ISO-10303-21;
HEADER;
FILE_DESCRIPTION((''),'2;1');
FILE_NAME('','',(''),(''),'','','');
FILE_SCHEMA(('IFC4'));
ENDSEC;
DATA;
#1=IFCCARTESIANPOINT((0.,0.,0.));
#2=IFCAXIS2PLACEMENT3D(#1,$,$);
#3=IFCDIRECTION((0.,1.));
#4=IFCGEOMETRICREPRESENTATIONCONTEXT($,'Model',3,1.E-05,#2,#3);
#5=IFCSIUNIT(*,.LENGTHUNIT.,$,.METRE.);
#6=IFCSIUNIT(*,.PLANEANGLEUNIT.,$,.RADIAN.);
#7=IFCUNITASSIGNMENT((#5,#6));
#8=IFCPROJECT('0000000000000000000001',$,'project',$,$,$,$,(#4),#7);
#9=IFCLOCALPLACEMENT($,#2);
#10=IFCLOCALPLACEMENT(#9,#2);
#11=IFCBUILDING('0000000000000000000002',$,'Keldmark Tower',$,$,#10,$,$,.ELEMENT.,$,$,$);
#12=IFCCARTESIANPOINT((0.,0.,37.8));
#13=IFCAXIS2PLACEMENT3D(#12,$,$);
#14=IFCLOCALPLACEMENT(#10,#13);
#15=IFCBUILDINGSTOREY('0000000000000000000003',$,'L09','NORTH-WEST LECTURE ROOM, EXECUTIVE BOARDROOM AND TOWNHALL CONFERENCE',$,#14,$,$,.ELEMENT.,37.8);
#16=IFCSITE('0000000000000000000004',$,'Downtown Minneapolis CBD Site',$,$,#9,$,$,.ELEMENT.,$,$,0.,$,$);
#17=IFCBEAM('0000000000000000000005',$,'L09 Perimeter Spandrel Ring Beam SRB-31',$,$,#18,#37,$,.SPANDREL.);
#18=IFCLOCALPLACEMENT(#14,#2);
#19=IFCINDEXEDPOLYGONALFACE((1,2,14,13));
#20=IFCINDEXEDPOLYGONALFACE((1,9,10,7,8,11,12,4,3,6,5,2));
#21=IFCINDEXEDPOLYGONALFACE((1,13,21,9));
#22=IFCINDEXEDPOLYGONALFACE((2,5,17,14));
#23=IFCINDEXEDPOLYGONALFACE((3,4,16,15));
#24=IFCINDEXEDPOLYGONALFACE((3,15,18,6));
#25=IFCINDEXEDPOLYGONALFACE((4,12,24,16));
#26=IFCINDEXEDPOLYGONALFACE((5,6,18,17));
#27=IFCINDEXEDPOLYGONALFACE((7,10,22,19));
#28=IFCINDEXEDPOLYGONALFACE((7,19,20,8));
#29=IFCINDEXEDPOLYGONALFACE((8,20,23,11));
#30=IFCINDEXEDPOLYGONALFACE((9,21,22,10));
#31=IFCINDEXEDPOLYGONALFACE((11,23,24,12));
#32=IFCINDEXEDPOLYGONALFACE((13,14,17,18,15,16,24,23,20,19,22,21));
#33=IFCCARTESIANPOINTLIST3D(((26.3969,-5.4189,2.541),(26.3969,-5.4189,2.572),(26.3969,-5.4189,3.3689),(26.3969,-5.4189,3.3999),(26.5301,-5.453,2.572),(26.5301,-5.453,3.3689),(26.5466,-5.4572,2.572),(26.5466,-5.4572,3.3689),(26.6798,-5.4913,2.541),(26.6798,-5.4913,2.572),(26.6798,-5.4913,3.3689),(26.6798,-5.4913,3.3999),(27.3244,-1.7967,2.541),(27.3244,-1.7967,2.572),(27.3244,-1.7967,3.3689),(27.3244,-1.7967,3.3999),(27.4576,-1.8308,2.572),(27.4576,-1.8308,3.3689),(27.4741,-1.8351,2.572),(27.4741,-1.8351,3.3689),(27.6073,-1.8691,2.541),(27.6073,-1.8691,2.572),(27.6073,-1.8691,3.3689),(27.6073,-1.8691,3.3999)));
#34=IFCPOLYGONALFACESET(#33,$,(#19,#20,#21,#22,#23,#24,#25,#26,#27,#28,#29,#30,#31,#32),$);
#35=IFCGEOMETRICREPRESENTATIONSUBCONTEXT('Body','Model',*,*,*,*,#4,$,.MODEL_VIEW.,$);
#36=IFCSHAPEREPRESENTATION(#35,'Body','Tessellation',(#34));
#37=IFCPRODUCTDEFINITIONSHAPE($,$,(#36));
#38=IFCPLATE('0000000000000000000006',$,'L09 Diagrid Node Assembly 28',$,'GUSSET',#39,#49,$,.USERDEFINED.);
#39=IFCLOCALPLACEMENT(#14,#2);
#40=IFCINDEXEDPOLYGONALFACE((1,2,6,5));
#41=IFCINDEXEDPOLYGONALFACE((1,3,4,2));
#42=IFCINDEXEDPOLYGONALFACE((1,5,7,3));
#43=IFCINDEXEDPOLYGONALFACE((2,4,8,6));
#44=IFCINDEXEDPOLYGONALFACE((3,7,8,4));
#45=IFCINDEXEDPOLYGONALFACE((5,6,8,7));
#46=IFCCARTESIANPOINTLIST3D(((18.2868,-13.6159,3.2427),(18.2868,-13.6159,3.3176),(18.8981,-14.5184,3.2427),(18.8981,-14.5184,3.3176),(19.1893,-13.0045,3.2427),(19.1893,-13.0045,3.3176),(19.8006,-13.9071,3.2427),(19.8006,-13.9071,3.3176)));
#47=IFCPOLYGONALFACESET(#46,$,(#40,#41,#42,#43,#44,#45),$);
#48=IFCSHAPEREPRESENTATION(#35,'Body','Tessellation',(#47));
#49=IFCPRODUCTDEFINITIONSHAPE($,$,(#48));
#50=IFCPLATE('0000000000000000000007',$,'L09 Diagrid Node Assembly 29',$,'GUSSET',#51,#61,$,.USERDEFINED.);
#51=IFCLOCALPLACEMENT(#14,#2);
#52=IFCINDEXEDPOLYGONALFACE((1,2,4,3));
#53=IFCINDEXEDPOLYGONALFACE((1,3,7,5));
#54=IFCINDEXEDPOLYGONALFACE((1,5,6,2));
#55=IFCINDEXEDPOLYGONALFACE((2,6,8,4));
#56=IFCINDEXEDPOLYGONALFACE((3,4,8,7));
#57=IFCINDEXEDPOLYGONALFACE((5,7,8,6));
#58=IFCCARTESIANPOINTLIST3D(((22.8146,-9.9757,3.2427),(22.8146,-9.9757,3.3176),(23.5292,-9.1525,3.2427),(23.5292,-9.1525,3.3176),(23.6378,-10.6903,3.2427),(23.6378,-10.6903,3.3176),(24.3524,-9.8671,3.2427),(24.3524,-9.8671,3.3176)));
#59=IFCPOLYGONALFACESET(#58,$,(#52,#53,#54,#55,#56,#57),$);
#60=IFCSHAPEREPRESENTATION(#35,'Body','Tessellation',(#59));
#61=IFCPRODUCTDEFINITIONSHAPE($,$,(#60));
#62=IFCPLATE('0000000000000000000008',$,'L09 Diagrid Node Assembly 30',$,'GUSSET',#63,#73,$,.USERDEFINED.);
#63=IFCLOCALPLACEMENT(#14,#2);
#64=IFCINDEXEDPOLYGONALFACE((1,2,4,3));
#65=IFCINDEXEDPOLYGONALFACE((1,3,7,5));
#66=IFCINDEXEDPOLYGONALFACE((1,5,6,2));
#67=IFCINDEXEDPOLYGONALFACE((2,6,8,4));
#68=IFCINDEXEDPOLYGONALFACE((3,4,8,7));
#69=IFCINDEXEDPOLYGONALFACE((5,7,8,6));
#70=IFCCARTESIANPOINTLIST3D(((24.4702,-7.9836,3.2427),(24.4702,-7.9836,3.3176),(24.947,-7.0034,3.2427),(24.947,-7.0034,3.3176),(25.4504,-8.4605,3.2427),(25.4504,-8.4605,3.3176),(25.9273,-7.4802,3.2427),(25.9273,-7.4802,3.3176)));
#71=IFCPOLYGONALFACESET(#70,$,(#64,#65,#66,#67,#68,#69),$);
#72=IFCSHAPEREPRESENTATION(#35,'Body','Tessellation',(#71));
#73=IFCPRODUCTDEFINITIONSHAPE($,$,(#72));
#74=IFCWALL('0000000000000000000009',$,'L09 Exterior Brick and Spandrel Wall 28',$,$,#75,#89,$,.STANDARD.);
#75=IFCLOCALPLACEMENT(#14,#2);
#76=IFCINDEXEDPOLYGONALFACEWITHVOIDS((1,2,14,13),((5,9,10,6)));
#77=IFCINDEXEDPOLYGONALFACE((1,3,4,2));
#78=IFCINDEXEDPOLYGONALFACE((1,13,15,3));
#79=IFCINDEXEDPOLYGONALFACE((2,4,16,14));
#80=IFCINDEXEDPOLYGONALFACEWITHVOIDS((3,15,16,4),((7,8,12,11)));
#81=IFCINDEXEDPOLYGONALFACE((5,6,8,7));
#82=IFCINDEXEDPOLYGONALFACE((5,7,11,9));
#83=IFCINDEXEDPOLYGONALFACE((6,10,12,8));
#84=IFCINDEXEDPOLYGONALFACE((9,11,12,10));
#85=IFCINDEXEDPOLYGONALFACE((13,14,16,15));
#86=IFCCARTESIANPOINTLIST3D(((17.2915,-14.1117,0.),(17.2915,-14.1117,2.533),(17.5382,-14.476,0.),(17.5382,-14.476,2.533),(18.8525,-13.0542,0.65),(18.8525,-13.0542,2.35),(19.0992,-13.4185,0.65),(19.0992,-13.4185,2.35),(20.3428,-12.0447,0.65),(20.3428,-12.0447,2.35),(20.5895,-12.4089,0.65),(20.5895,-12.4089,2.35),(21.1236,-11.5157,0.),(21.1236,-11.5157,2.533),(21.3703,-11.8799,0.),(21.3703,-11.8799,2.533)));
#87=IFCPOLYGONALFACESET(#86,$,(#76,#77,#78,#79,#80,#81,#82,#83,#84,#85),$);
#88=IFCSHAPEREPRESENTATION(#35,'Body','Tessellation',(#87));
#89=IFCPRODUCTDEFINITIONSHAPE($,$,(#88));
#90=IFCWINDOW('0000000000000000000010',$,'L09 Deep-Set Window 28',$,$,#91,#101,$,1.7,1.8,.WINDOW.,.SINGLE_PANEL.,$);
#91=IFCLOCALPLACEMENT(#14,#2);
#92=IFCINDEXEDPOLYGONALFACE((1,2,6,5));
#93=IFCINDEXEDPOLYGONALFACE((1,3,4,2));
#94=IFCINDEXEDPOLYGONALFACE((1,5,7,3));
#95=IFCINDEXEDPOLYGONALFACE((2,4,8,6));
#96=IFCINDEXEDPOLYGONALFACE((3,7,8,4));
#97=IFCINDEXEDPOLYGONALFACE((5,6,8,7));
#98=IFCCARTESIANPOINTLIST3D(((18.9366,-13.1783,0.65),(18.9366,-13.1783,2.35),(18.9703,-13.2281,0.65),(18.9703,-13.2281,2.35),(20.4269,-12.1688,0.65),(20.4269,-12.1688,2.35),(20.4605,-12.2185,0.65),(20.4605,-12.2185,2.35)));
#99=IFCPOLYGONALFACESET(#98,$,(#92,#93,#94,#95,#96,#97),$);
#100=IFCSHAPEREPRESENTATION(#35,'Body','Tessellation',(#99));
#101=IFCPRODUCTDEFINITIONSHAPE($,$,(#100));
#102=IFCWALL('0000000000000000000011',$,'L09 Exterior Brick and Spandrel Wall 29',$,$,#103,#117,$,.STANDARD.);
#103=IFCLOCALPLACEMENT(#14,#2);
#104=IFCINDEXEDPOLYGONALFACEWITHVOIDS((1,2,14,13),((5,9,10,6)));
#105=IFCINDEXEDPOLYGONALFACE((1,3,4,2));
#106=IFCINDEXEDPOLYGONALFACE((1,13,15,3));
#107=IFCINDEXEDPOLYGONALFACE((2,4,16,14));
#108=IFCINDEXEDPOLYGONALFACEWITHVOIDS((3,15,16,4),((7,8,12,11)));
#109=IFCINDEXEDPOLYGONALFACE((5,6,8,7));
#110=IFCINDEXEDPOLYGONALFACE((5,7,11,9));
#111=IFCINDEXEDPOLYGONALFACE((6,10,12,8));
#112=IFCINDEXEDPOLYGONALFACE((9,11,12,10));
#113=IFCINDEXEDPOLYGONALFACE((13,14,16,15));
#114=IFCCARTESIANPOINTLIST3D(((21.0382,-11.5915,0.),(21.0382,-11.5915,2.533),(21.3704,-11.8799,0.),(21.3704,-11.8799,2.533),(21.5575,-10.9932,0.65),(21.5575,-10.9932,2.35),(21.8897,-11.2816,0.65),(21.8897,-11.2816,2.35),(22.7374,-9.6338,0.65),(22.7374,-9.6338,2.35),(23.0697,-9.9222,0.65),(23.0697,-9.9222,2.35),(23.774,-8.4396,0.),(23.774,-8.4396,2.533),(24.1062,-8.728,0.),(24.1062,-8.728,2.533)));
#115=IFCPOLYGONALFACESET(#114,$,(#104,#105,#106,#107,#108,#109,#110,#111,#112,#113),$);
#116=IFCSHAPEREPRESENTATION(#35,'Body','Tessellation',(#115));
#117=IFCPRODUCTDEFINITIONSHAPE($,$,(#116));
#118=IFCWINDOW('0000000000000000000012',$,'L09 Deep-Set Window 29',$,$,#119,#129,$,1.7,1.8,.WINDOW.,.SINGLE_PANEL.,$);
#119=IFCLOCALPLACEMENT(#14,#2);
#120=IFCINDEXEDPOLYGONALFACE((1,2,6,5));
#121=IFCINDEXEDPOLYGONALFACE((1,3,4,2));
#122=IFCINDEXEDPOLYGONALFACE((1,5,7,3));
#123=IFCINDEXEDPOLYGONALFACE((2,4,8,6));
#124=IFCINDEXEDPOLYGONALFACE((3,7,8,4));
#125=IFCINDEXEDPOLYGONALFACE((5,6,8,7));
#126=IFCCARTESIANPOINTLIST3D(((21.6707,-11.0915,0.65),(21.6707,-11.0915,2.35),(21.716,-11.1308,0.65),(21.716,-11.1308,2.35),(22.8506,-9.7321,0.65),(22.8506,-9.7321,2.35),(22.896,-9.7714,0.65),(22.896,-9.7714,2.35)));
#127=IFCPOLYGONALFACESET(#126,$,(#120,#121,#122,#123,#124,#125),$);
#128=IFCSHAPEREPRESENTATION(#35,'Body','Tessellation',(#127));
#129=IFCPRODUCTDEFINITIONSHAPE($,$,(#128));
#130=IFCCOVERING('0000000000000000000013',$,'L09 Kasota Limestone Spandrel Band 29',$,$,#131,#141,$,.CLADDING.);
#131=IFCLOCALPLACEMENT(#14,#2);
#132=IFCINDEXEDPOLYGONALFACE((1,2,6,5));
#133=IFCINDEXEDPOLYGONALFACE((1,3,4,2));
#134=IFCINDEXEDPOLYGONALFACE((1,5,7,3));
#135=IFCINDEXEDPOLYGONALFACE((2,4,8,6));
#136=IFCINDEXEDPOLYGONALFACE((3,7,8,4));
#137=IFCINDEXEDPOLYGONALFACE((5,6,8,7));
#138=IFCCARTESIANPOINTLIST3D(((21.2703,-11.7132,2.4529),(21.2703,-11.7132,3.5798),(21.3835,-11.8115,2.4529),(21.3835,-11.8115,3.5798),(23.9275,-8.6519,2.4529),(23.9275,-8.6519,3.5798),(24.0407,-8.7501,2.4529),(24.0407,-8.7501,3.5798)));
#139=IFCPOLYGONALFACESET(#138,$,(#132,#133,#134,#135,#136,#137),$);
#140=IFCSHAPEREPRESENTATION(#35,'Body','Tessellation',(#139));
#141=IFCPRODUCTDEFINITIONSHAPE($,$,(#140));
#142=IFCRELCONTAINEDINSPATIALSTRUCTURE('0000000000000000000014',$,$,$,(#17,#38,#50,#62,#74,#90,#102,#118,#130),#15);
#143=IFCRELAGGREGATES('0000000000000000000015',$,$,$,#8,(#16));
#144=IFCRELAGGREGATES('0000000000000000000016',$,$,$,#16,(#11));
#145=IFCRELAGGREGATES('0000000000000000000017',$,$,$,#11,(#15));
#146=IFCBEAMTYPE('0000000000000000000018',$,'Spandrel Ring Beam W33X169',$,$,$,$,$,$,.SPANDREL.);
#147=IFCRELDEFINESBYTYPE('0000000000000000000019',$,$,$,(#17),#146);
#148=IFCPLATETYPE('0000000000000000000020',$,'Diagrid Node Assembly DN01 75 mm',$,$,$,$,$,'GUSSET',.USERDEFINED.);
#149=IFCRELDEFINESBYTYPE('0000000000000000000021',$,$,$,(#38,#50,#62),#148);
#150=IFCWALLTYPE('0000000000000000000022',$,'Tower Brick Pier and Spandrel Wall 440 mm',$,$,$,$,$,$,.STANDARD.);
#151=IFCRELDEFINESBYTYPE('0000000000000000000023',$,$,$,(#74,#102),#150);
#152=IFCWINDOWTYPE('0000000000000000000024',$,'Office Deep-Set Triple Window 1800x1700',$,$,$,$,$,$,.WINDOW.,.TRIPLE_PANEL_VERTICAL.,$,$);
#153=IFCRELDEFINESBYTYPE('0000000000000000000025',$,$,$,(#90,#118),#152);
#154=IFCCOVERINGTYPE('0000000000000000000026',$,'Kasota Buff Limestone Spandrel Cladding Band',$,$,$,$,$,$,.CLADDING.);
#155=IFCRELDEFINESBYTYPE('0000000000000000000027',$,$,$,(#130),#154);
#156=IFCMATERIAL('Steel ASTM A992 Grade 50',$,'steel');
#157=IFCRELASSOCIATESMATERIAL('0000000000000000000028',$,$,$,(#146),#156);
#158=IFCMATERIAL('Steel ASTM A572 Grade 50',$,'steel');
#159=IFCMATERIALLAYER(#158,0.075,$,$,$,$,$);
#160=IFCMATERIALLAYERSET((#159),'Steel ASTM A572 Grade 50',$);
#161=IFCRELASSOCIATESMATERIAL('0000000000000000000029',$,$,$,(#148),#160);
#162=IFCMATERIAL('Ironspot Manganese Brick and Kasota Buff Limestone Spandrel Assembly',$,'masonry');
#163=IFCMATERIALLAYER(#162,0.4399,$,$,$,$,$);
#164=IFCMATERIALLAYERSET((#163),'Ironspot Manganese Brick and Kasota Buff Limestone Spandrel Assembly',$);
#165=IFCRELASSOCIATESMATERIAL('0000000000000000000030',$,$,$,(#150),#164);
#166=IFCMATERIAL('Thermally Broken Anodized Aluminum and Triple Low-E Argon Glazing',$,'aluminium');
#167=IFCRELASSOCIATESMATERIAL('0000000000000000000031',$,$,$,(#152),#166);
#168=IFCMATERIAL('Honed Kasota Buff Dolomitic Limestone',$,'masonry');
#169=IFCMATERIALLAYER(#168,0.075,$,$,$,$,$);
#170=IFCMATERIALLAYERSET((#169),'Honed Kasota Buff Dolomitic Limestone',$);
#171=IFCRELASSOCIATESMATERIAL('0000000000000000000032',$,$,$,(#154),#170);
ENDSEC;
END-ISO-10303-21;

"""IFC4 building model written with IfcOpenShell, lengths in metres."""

from ifc_helpers import new_model, si_unit, direction, frame, frame_2d, origin, origin_2d, place, context, subcontext, project, spatial, rectangle, i_section, extrude, material, layer, layer_set, material_profile, profile_set, type_object, element, fill, save


model = new_model("IFC4")

# Units and contexts
model_context = context("Model", 3, precision=1e-05, world=origin(), true_north=direction((0.0, 1.0)))
body_context = subcontext(model_context, "Body", "Model", "MODEL_VIEW")
ifc_project = project(units=[si_unit("LENGTHUNIT", "METRE"), si_unit("PLANEANGLEUNIT", "RADIAN")], contexts=[model_context])

# Site, building, storey
site_placement = place(None, origin())
site = spatial("IfcSite", under=ifc_project, at=site_placement, Name="Downtown Minneapolis CBD Site", CompositionType="ELEMENT", RefElevation=0.0)
building_placement = place(site_placement, origin())
building = spatial("IfcBuilding", under=site, at=building_placement, Name="Keldmark Tower", CompositionType="ELEMENT")
storey_placement = place(building_placement, frame((0.0, 0.0, 37.8)))
storey = spatial("IfcBuildingStorey", under=building, at=storey_placement, Name="L09", Description="NORTH-WEST LECTURE ROOM, EXECUTIVE BOARDROOM AND TOWNHALL CONFERENCE", CompositionType="ELEMENT", Elevation=37.8)

# Beam
ifc_material_1 = material(Name="Steel ASTM A992 Grade 50", Category="steel")
ifc_material_profile_1 = material_profile(ifc_material_1, i_section(OverallWidth=0.292, OverallDepth=0.8589, WebThickness=0.0171, FlangeThickness=0.031, at=origin_2d()), Name="W33X169")
ifc_profile_set_1 = profile_set([ifc_material_profile_1], Name="Steel ASTM A992 Grade 50")
beam_type_1 = type_object("IfcBeamType", Name="Spandrel Ring Beam W33X169", PredefinedType="SPANDREL", material=ifc_profile_set_1)
beam_1_placement = place(storey_placement, frame((26.5383, -5.4551, 2.9705), z_axis=(0.248063, 0.968744, 0.0), x_axis=(-0.968744, 0.248063, 0.0)))
element("IfcBeam", 1, at=beam_1_placement, inside=storey, type_object=beam_type_1, Name="L09 Perimeter Spandrel Ring Beam SRB-31", PredefinedType="SPANDREL", context=body_context, shape_type="SweptSolid", body=[
    extrude(i_section(OverallWidth=0.292, OverallDepth=0.8589, WebThickness=0.0171, FlangeThickness=0.031, at=origin_2d()), origin(), (0.0, 0.0, 1.0), 3.739),
])

# Plates
ifc_material_2 = material(Name="Steel ASTM A572 Grade 50", Category="steel")
ifc_layer_1 = layer(ifc_material_2, 0.075)
ifc_layer_set_1 = layer_set([ifc_layer_1], Name="Steel ASTM A572 Grade 50")
plate_type = type_object("IfcPlateType", Name="Diagrid Node Assembly DN01 75 mm", ElementType="GUSSET", PredefinedType="USERDEFINED", material=ifc_layer_set_1)
for number, where, z_axis, x_axis, name in (
    (2, (19.0437, -13.7615, 3.2427), (0.0, 0.0, 1.0), (0.827962, 0.560784, 0.0), "L09 Diagrid Node Assembly 28"),
    (3, (23.5835, -9.9214, 3.2427), (0.0, 0.0, 1.0), (0.655532, 0.755167, 0.0), "L09 Diagrid Node Assembly 29"),
    (4, (25.1987, -7.7319, 3.2427), (0.0, 0.0, 1.0), (0.43743, 0.899253, 0.0), "L09 Diagrid Node Assembly 30"),
):
    element("IfcPlate", number, at=place(storey_placement, frame(where, z_axis=z_axis, x_axis=x_axis)), inside=storey, type_object=plate_type, Name=name, ObjectType="GUSSET", PredefinedType="USERDEFINED", context=body_context, shape_type="SweptSolid", body=[
        extrude(rectangle(XDim=1.0901, YDim=1.0901, at=origin_2d()), origin(), (0.0, 0.0, 1.0), 0.075),
    ])

# Walls, openings, windows
ifc_material_3 = material(Name="Ironspot Manganese Brick and Kasota Buff Limestone Spandrel Assembly", Category="masonry")
ifc_layer_2 = layer(ifc_material_3, 0.4399)
ifc_layer_set_2 = layer_set([ifc_layer_2], Name="Ironspot Manganese Brick and Kasota Buff Limestone Spandrel Assembly")
wall_type = type_object("IfcWallType", Name="Tower Brick Pier and Spandrel Wall 440 mm", PredefinedType="STANDARD", material=ifc_layer_set_2)
wall_1_placement = place(storey_placement, frame((21.2471, -11.6978, 0.0), z_axis=(0.0, 0.0, 1.0), x_axis=(-0.827913, -0.560856, 0.0)))
wall_1 = element("IfcWall", 5, at=wall_1_placement, inside=storey, type_object=wall_type, Name="L09 Exterior Brick and Spandrel Wall 28", PredefinedType="STANDARD", context=body_context, shape_type="SweptSolid", body=[
    extrude(rectangle(XDim=4.6287, YDim=0.4399, at=frame_2d((2.3145, 0.0))), origin(), (0.0, 0.0, 1.0), 2.533),
])
opening_1_placement = place(wall_1_placement, frame((0.9434, 0.0, 0.6499)))
opening_1 = element("IfcOpeningElement", 6, at=opening_1_placement, cuts=wall_1, PredefinedType="OPENING", context=body_context, shape_type="SweptSolid", body=[
    extrude(rectangle(XDim=1.8, YDim=1.7, at=frame_2d((0.8999, 0.8501))), frame((0.0, 0.23, 0.0), z_axis=(0.0, -1.0, 0.0), x_axis=(1.0, 0.0, 0.0)), (0.0, 0.0, 1.0), 0.46),
])
ifc_material_4 = material(Name="Thermally Broken Anodized Aluminum and Triple Low-E Argon Glazing", Category="aluminium")
window_type = type_object("IfcWindowType", Name="Office Deep-Set Triple Window 1800x1700", PartitioningType="TRIPLE_PANEL_VERTICAL", PredefinedType="WINDOW", material=ifc_material_4)
window_1_placement = place(opening_1_placement, origin())
window_1 = element("IfcWindow", 7, at=window_1_placement, inside=storey, type_object=window_type, Name="L09 Deep-Set Window 28", OverallHeight=1.7, OverallWidth=1.8, PartitioningType="SINGLE_PANEL", PredefinedType="WINDOW", context=body_context, shape_type="SweptSolid", body=[
    extrude(rectangle(XDim=1.8, YDim=1.7, at=frame_2d((0.8999, 0.8501))), frame((0.0, -0.01, 0.0), z_axis=(0.0, -1.0, 0.0), x_axis=(1.0, 0.0, 0.0)), (0.0, 0.0, 1.0), 0.0601),
])
fill(opening_1, window_1)
wall_2_placement = place(storey_placement, frame((23.9402, -8.5837, 0.0), z_axis=(0.0, 0.0, 1.0), x_axis=(-0.655509, -0.755187, 0.0)))
wall_2 = element("IfcWall", 8, at=wall_2_placement, inside=storey, type_object=wall_type, Name="L09 Exterior Brick and Spandrel Wall 29", PredefinedType="STANDARD", context=body_context, shape_type="SweptSolid", body=[
    extrude(rectangle(XDim=4.1736, YDim=0.4399, at=frame_2d((2.0869, 0.0))), origin(), (0.0, 0.0, 1.0), 2.533),
])
opening_2_placement = place(wall_2_placement, frame((1.5815, 0.0, 0.6499)))
opening_2 = element("IfcOpeningElement", 9, at=opening_2_placement, cuts=wall_2, PredefinedType="OPENING", context=body_context, shape_type="SweptSolid", body=[
    extrude(rectangle(XDim=1.8, YDim=1.7, at=frame_2d((0.8999, 0.8501))), frame((0.0, 0.23, 0.0), z_axis=(0.0, -1.0, 0.0), x_axis=(1.0, 0.0, 0.0)), (0.0, 0.0, 1.0), 0.46),
])
window_2_placement = place(opening_2_placement, origin())
window_2 = element("IfcWindow", 10, at=window_2_placement, inside=storey, type_object=window_type, Name="L09 Deep-Set Window 29", OverallHeight=1.7, OverallWidth=1.8, PartitioningType="SINGLE_PANEL", PredefinedType="WINDOW", context=body_context, shape_type="SweptSolid", body=[
    extrude(rectangle(XDim=1.8, YDim=1.7, at=frame_2d((0.8999, 0.8501))), frame((0.0, -0.01, 0.0), z_axis=(0.0, -1.0, 0.0), x_axis=(1.0, 0.0, 0.0)), (0.0, 0.0, 1.0), 0.0601),
])
fill(opening_2, window_2)

# Covering
ifc_material_5 = material(Name="Honed Kasota Buff Dolomitic Limestone", Category="masonry")
ifc_layer_3 = layer(ifc_material_5, 0.075)
ifc_layer_set_3 = layer_set([ifc_layer_3], Name="Honed Kasota Buff Dolomitic Limestone")
covering_type = type_object("IfcCoveringType", Name="Kasota Buff Limestone Spandrel Cladding Band", PredefinedType="CLADDING", material=ifc_layer_set_3)
covering_placement = place(storey_placement, frame((22.6555, -10.2317, 2.4529), z_axis=(0.0, 0.0, 1.0), x_axis=(0.655492, 0.755202, 0.0)))
element("IfcCovering", 11, at=covering_placement, inside=storey, type_object=covering_type, Name="L09 Kasota Limestone Spandrel Band 29", PredefinedType="CLADDING", context=body_context, shape_type="SweptSolid", body=[
    extrude(rectangle(XDim=4.0537, YDim=0.1499, at=origin_2d()), origin(), (0.0, 0.0, 1.0), 1.127),
])

save(model, "model.ifc")
